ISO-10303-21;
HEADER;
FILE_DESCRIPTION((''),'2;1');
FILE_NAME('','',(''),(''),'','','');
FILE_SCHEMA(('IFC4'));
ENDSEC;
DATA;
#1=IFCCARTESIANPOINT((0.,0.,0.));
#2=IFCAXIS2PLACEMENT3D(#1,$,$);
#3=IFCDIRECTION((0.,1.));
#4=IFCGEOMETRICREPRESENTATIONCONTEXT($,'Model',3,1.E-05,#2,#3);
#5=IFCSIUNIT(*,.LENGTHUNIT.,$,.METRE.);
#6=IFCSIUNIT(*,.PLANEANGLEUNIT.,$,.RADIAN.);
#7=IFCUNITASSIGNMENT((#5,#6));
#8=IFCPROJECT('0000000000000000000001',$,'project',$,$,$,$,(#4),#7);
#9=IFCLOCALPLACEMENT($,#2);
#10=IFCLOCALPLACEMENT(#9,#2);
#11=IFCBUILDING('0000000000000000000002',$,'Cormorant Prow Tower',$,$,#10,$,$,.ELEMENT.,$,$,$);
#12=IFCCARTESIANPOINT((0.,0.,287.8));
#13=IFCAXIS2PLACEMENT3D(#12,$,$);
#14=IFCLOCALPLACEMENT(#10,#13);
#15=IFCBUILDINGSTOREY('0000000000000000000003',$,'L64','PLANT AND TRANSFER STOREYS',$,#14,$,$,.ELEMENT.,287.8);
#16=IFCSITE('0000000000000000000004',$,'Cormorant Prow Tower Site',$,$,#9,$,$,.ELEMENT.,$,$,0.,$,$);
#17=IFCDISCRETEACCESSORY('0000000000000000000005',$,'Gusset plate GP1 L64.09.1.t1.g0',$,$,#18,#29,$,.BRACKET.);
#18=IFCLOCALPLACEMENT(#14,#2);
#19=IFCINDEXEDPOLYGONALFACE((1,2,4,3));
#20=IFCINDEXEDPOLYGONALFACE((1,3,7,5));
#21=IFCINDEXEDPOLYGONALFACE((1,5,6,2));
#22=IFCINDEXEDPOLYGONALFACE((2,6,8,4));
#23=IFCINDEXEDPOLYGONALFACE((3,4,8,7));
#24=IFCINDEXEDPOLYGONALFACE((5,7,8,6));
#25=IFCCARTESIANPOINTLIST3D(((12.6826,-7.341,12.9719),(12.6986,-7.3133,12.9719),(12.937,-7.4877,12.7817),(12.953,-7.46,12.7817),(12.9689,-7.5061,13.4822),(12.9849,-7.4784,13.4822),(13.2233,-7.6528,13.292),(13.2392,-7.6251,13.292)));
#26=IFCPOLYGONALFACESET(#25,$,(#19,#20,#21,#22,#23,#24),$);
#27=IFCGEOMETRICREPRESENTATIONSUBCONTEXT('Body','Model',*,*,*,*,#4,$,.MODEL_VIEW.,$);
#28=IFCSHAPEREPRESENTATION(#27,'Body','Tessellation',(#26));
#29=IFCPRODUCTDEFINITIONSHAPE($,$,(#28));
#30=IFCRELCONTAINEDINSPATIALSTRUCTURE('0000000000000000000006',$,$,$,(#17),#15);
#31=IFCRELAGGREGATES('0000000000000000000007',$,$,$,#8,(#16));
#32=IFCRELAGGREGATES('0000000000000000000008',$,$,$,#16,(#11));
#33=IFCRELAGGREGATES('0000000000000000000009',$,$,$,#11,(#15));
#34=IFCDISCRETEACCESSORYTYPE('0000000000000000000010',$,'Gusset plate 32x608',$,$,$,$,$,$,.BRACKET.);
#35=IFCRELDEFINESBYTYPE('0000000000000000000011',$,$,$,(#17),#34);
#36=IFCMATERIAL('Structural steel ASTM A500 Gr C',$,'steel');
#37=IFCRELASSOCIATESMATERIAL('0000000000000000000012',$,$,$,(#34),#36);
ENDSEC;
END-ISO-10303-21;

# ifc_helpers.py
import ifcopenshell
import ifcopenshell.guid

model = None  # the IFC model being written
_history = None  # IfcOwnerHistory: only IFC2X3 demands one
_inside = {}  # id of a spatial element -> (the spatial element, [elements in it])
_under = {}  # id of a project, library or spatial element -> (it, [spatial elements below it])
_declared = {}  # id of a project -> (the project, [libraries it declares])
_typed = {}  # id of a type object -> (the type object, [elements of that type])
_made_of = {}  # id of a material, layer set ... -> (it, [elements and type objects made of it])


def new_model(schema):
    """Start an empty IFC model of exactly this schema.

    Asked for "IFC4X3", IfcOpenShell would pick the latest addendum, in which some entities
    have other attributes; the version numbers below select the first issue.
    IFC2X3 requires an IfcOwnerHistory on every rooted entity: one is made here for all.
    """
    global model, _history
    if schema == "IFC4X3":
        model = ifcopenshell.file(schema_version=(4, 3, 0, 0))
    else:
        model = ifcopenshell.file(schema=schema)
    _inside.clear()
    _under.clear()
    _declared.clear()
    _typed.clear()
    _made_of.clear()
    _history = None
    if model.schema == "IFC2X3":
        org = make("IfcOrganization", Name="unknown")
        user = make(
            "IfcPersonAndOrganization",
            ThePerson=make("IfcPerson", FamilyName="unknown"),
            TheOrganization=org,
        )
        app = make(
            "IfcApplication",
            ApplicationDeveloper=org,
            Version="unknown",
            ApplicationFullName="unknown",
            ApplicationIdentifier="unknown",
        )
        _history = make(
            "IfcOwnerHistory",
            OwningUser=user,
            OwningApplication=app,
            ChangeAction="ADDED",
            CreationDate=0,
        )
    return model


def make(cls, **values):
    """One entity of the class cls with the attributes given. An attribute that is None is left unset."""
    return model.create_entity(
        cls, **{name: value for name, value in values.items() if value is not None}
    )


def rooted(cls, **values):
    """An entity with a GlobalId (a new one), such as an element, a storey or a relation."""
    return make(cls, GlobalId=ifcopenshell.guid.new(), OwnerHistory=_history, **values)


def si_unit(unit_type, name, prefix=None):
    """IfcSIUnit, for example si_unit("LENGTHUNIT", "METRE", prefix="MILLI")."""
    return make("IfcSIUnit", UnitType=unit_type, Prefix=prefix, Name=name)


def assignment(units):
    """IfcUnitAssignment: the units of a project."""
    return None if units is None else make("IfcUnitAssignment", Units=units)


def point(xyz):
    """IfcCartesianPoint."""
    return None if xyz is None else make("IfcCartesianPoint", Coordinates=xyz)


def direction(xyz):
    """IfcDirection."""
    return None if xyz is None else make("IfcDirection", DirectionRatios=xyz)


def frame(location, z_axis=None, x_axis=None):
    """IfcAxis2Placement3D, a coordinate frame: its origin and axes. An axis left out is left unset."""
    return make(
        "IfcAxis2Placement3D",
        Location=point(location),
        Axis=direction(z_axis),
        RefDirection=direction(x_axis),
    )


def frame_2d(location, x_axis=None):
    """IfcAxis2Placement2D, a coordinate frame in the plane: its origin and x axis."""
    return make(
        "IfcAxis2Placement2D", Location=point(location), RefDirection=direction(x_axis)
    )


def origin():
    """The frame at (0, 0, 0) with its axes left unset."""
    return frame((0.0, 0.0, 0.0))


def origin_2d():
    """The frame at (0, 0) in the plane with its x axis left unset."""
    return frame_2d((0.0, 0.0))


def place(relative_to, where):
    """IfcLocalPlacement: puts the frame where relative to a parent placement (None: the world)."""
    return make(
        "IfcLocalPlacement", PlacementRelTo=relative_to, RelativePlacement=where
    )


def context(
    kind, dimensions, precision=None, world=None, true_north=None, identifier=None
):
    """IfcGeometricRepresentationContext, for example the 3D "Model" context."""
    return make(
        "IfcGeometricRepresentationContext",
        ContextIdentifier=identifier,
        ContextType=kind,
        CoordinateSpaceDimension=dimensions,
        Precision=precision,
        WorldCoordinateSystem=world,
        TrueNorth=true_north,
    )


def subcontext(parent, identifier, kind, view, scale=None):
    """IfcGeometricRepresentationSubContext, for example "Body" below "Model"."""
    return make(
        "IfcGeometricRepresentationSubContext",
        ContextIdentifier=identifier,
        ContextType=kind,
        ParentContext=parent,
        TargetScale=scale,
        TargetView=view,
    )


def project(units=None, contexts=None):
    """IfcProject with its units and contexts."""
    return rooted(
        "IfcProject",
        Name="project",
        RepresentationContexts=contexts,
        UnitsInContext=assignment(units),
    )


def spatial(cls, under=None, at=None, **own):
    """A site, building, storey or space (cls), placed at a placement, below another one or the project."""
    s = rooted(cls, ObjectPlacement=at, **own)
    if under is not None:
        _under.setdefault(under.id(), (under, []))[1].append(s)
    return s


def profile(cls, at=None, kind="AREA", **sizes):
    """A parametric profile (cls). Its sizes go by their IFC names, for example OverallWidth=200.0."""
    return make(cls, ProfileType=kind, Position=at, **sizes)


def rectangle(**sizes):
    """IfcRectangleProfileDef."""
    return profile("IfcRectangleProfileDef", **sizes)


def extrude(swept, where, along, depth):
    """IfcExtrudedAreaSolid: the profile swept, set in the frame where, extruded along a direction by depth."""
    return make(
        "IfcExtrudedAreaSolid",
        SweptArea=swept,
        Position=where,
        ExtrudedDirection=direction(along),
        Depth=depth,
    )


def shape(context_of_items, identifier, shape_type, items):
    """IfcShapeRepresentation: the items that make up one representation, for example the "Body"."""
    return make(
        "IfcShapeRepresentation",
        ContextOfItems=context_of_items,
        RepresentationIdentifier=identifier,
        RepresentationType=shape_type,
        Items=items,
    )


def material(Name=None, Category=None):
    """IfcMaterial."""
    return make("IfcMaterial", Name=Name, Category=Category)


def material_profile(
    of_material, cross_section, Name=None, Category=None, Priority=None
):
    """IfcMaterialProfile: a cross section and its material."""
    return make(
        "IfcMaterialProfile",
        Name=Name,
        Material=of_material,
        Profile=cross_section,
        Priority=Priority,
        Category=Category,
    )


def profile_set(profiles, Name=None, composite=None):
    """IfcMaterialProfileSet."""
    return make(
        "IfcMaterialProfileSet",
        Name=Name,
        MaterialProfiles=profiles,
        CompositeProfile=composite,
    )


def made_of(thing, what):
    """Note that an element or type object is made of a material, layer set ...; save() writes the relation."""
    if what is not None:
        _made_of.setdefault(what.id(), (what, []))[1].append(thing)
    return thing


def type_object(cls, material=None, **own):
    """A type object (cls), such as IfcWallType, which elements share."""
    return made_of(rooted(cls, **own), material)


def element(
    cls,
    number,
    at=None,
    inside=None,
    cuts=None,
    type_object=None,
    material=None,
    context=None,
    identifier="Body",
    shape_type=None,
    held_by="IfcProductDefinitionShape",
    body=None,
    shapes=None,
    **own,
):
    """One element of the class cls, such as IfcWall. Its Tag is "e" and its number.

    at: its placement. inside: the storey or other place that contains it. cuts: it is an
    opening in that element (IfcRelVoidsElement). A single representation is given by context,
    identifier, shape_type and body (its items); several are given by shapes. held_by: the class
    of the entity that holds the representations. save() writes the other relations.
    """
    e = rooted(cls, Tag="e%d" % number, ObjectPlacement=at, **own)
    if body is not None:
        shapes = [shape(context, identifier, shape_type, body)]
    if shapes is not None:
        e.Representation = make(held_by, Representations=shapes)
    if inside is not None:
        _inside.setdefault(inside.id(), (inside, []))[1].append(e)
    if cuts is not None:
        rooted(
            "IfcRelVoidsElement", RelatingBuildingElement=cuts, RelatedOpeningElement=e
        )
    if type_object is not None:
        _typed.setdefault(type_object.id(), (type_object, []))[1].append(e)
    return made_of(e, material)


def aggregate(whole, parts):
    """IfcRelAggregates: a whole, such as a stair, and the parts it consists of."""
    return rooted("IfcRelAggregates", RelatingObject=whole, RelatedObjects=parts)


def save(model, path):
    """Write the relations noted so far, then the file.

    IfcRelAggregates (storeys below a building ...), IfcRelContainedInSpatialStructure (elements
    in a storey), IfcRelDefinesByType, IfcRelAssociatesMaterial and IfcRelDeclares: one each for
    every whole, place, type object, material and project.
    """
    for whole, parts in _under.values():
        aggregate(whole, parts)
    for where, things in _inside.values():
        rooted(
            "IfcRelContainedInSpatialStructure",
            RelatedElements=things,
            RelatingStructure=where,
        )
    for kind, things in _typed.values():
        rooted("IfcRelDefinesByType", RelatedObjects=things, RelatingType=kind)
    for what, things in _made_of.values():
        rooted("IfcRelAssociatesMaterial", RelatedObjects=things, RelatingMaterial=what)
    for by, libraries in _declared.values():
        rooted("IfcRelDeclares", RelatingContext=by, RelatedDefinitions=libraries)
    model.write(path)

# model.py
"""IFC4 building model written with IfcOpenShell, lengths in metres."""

from ifc_helpers import new_model, si_unit, direction, frame, origin, origin_2d, place, context, subcontext, project, spatial, rectangle, extrude, material, material_profile, profile_set, type_object, element, save


model = new_model("IFC4")

# Units and contexts
model_context = context("Model", 3, precision=1e-05, world=origin(), true_north=direction((0.0, 1.0)))
body_context = subcontext(model_context, "Body", "Model", "MODEL_VIEW")
ifc_project = project(units=[si_unit("LENGTHUNIT", "METRE"), si_unit("PLANEANGLEUNIT", "RADIAN")], contexts=[model_context])

# Site, building, storey
site_placement = place(None, origin())
site = spatial("IfcSite", under=ifc_project, at=site_placement, Name="Cormorant Prow Tower Site", CompositionType="ELEMENT", RefElevation=0.0)
building_placement = place(site_placement, origin())
building = spatial("IfcBuilding", under=site, at=building_placement, Name="Cormorant Prow Tower", CompositionType="ELEMENT")
storey_placement = place(building_placement, frame((0.0, 0.0, 287.8)))
storey = spatial("IfcBuildingStorey", under=building, at=storey_placement, Name="L64", Description="PLANT AND TRANSFER STOREYS", CompositionType="ELEMENT", Elevation=287.8)

# Discrete accessory
ifc_material_1 = material(Name="Structural steel ASTM A500 Gr C", Category="steel")
ifc_material_profile_1 = material_profile(ifc_material_1, rectangle(XDim=0.032, YDim=0.6079, at=origin_2d()), Name="Gusset plate 32x608")
ifc_profile_set_1 = profile_set([ifc_material_profile_1], Name="Structural steel ASTM A500 Gr C")
discrete_accessory_type_1 = type_object("IfcDiscreteAccessoryType", Name="Gusset plate 32x608", PredefinedType="BRACKET", material=ifc_profile_set_1)
discrete_accessory_1_placement = place(storey_placement, frame((13.0881, -7.5564, 13.0369), z_axis=(-0.72709, 0.419367, 0.543573), x_axis=(-0.499626, -0.866241, 0.0)))
element("IfcDiscreteAccessory", 1, at=discrete_accessory_1_placement, inside=storey, type_object=discrete_accessory_type_1, Name="Gusset plate GP1 L64.09.1.t1.g0", PredefinedType="BRACKET", context=body_context, shape_type="SweptSolid", body=[
    extrude(rectangle(XDim=0.032, YDim=0.6079, at=origin_2d()), origin(), (0.0, 0.0, 1.0), 0.3499),
])

save(model, "model.ifc")
